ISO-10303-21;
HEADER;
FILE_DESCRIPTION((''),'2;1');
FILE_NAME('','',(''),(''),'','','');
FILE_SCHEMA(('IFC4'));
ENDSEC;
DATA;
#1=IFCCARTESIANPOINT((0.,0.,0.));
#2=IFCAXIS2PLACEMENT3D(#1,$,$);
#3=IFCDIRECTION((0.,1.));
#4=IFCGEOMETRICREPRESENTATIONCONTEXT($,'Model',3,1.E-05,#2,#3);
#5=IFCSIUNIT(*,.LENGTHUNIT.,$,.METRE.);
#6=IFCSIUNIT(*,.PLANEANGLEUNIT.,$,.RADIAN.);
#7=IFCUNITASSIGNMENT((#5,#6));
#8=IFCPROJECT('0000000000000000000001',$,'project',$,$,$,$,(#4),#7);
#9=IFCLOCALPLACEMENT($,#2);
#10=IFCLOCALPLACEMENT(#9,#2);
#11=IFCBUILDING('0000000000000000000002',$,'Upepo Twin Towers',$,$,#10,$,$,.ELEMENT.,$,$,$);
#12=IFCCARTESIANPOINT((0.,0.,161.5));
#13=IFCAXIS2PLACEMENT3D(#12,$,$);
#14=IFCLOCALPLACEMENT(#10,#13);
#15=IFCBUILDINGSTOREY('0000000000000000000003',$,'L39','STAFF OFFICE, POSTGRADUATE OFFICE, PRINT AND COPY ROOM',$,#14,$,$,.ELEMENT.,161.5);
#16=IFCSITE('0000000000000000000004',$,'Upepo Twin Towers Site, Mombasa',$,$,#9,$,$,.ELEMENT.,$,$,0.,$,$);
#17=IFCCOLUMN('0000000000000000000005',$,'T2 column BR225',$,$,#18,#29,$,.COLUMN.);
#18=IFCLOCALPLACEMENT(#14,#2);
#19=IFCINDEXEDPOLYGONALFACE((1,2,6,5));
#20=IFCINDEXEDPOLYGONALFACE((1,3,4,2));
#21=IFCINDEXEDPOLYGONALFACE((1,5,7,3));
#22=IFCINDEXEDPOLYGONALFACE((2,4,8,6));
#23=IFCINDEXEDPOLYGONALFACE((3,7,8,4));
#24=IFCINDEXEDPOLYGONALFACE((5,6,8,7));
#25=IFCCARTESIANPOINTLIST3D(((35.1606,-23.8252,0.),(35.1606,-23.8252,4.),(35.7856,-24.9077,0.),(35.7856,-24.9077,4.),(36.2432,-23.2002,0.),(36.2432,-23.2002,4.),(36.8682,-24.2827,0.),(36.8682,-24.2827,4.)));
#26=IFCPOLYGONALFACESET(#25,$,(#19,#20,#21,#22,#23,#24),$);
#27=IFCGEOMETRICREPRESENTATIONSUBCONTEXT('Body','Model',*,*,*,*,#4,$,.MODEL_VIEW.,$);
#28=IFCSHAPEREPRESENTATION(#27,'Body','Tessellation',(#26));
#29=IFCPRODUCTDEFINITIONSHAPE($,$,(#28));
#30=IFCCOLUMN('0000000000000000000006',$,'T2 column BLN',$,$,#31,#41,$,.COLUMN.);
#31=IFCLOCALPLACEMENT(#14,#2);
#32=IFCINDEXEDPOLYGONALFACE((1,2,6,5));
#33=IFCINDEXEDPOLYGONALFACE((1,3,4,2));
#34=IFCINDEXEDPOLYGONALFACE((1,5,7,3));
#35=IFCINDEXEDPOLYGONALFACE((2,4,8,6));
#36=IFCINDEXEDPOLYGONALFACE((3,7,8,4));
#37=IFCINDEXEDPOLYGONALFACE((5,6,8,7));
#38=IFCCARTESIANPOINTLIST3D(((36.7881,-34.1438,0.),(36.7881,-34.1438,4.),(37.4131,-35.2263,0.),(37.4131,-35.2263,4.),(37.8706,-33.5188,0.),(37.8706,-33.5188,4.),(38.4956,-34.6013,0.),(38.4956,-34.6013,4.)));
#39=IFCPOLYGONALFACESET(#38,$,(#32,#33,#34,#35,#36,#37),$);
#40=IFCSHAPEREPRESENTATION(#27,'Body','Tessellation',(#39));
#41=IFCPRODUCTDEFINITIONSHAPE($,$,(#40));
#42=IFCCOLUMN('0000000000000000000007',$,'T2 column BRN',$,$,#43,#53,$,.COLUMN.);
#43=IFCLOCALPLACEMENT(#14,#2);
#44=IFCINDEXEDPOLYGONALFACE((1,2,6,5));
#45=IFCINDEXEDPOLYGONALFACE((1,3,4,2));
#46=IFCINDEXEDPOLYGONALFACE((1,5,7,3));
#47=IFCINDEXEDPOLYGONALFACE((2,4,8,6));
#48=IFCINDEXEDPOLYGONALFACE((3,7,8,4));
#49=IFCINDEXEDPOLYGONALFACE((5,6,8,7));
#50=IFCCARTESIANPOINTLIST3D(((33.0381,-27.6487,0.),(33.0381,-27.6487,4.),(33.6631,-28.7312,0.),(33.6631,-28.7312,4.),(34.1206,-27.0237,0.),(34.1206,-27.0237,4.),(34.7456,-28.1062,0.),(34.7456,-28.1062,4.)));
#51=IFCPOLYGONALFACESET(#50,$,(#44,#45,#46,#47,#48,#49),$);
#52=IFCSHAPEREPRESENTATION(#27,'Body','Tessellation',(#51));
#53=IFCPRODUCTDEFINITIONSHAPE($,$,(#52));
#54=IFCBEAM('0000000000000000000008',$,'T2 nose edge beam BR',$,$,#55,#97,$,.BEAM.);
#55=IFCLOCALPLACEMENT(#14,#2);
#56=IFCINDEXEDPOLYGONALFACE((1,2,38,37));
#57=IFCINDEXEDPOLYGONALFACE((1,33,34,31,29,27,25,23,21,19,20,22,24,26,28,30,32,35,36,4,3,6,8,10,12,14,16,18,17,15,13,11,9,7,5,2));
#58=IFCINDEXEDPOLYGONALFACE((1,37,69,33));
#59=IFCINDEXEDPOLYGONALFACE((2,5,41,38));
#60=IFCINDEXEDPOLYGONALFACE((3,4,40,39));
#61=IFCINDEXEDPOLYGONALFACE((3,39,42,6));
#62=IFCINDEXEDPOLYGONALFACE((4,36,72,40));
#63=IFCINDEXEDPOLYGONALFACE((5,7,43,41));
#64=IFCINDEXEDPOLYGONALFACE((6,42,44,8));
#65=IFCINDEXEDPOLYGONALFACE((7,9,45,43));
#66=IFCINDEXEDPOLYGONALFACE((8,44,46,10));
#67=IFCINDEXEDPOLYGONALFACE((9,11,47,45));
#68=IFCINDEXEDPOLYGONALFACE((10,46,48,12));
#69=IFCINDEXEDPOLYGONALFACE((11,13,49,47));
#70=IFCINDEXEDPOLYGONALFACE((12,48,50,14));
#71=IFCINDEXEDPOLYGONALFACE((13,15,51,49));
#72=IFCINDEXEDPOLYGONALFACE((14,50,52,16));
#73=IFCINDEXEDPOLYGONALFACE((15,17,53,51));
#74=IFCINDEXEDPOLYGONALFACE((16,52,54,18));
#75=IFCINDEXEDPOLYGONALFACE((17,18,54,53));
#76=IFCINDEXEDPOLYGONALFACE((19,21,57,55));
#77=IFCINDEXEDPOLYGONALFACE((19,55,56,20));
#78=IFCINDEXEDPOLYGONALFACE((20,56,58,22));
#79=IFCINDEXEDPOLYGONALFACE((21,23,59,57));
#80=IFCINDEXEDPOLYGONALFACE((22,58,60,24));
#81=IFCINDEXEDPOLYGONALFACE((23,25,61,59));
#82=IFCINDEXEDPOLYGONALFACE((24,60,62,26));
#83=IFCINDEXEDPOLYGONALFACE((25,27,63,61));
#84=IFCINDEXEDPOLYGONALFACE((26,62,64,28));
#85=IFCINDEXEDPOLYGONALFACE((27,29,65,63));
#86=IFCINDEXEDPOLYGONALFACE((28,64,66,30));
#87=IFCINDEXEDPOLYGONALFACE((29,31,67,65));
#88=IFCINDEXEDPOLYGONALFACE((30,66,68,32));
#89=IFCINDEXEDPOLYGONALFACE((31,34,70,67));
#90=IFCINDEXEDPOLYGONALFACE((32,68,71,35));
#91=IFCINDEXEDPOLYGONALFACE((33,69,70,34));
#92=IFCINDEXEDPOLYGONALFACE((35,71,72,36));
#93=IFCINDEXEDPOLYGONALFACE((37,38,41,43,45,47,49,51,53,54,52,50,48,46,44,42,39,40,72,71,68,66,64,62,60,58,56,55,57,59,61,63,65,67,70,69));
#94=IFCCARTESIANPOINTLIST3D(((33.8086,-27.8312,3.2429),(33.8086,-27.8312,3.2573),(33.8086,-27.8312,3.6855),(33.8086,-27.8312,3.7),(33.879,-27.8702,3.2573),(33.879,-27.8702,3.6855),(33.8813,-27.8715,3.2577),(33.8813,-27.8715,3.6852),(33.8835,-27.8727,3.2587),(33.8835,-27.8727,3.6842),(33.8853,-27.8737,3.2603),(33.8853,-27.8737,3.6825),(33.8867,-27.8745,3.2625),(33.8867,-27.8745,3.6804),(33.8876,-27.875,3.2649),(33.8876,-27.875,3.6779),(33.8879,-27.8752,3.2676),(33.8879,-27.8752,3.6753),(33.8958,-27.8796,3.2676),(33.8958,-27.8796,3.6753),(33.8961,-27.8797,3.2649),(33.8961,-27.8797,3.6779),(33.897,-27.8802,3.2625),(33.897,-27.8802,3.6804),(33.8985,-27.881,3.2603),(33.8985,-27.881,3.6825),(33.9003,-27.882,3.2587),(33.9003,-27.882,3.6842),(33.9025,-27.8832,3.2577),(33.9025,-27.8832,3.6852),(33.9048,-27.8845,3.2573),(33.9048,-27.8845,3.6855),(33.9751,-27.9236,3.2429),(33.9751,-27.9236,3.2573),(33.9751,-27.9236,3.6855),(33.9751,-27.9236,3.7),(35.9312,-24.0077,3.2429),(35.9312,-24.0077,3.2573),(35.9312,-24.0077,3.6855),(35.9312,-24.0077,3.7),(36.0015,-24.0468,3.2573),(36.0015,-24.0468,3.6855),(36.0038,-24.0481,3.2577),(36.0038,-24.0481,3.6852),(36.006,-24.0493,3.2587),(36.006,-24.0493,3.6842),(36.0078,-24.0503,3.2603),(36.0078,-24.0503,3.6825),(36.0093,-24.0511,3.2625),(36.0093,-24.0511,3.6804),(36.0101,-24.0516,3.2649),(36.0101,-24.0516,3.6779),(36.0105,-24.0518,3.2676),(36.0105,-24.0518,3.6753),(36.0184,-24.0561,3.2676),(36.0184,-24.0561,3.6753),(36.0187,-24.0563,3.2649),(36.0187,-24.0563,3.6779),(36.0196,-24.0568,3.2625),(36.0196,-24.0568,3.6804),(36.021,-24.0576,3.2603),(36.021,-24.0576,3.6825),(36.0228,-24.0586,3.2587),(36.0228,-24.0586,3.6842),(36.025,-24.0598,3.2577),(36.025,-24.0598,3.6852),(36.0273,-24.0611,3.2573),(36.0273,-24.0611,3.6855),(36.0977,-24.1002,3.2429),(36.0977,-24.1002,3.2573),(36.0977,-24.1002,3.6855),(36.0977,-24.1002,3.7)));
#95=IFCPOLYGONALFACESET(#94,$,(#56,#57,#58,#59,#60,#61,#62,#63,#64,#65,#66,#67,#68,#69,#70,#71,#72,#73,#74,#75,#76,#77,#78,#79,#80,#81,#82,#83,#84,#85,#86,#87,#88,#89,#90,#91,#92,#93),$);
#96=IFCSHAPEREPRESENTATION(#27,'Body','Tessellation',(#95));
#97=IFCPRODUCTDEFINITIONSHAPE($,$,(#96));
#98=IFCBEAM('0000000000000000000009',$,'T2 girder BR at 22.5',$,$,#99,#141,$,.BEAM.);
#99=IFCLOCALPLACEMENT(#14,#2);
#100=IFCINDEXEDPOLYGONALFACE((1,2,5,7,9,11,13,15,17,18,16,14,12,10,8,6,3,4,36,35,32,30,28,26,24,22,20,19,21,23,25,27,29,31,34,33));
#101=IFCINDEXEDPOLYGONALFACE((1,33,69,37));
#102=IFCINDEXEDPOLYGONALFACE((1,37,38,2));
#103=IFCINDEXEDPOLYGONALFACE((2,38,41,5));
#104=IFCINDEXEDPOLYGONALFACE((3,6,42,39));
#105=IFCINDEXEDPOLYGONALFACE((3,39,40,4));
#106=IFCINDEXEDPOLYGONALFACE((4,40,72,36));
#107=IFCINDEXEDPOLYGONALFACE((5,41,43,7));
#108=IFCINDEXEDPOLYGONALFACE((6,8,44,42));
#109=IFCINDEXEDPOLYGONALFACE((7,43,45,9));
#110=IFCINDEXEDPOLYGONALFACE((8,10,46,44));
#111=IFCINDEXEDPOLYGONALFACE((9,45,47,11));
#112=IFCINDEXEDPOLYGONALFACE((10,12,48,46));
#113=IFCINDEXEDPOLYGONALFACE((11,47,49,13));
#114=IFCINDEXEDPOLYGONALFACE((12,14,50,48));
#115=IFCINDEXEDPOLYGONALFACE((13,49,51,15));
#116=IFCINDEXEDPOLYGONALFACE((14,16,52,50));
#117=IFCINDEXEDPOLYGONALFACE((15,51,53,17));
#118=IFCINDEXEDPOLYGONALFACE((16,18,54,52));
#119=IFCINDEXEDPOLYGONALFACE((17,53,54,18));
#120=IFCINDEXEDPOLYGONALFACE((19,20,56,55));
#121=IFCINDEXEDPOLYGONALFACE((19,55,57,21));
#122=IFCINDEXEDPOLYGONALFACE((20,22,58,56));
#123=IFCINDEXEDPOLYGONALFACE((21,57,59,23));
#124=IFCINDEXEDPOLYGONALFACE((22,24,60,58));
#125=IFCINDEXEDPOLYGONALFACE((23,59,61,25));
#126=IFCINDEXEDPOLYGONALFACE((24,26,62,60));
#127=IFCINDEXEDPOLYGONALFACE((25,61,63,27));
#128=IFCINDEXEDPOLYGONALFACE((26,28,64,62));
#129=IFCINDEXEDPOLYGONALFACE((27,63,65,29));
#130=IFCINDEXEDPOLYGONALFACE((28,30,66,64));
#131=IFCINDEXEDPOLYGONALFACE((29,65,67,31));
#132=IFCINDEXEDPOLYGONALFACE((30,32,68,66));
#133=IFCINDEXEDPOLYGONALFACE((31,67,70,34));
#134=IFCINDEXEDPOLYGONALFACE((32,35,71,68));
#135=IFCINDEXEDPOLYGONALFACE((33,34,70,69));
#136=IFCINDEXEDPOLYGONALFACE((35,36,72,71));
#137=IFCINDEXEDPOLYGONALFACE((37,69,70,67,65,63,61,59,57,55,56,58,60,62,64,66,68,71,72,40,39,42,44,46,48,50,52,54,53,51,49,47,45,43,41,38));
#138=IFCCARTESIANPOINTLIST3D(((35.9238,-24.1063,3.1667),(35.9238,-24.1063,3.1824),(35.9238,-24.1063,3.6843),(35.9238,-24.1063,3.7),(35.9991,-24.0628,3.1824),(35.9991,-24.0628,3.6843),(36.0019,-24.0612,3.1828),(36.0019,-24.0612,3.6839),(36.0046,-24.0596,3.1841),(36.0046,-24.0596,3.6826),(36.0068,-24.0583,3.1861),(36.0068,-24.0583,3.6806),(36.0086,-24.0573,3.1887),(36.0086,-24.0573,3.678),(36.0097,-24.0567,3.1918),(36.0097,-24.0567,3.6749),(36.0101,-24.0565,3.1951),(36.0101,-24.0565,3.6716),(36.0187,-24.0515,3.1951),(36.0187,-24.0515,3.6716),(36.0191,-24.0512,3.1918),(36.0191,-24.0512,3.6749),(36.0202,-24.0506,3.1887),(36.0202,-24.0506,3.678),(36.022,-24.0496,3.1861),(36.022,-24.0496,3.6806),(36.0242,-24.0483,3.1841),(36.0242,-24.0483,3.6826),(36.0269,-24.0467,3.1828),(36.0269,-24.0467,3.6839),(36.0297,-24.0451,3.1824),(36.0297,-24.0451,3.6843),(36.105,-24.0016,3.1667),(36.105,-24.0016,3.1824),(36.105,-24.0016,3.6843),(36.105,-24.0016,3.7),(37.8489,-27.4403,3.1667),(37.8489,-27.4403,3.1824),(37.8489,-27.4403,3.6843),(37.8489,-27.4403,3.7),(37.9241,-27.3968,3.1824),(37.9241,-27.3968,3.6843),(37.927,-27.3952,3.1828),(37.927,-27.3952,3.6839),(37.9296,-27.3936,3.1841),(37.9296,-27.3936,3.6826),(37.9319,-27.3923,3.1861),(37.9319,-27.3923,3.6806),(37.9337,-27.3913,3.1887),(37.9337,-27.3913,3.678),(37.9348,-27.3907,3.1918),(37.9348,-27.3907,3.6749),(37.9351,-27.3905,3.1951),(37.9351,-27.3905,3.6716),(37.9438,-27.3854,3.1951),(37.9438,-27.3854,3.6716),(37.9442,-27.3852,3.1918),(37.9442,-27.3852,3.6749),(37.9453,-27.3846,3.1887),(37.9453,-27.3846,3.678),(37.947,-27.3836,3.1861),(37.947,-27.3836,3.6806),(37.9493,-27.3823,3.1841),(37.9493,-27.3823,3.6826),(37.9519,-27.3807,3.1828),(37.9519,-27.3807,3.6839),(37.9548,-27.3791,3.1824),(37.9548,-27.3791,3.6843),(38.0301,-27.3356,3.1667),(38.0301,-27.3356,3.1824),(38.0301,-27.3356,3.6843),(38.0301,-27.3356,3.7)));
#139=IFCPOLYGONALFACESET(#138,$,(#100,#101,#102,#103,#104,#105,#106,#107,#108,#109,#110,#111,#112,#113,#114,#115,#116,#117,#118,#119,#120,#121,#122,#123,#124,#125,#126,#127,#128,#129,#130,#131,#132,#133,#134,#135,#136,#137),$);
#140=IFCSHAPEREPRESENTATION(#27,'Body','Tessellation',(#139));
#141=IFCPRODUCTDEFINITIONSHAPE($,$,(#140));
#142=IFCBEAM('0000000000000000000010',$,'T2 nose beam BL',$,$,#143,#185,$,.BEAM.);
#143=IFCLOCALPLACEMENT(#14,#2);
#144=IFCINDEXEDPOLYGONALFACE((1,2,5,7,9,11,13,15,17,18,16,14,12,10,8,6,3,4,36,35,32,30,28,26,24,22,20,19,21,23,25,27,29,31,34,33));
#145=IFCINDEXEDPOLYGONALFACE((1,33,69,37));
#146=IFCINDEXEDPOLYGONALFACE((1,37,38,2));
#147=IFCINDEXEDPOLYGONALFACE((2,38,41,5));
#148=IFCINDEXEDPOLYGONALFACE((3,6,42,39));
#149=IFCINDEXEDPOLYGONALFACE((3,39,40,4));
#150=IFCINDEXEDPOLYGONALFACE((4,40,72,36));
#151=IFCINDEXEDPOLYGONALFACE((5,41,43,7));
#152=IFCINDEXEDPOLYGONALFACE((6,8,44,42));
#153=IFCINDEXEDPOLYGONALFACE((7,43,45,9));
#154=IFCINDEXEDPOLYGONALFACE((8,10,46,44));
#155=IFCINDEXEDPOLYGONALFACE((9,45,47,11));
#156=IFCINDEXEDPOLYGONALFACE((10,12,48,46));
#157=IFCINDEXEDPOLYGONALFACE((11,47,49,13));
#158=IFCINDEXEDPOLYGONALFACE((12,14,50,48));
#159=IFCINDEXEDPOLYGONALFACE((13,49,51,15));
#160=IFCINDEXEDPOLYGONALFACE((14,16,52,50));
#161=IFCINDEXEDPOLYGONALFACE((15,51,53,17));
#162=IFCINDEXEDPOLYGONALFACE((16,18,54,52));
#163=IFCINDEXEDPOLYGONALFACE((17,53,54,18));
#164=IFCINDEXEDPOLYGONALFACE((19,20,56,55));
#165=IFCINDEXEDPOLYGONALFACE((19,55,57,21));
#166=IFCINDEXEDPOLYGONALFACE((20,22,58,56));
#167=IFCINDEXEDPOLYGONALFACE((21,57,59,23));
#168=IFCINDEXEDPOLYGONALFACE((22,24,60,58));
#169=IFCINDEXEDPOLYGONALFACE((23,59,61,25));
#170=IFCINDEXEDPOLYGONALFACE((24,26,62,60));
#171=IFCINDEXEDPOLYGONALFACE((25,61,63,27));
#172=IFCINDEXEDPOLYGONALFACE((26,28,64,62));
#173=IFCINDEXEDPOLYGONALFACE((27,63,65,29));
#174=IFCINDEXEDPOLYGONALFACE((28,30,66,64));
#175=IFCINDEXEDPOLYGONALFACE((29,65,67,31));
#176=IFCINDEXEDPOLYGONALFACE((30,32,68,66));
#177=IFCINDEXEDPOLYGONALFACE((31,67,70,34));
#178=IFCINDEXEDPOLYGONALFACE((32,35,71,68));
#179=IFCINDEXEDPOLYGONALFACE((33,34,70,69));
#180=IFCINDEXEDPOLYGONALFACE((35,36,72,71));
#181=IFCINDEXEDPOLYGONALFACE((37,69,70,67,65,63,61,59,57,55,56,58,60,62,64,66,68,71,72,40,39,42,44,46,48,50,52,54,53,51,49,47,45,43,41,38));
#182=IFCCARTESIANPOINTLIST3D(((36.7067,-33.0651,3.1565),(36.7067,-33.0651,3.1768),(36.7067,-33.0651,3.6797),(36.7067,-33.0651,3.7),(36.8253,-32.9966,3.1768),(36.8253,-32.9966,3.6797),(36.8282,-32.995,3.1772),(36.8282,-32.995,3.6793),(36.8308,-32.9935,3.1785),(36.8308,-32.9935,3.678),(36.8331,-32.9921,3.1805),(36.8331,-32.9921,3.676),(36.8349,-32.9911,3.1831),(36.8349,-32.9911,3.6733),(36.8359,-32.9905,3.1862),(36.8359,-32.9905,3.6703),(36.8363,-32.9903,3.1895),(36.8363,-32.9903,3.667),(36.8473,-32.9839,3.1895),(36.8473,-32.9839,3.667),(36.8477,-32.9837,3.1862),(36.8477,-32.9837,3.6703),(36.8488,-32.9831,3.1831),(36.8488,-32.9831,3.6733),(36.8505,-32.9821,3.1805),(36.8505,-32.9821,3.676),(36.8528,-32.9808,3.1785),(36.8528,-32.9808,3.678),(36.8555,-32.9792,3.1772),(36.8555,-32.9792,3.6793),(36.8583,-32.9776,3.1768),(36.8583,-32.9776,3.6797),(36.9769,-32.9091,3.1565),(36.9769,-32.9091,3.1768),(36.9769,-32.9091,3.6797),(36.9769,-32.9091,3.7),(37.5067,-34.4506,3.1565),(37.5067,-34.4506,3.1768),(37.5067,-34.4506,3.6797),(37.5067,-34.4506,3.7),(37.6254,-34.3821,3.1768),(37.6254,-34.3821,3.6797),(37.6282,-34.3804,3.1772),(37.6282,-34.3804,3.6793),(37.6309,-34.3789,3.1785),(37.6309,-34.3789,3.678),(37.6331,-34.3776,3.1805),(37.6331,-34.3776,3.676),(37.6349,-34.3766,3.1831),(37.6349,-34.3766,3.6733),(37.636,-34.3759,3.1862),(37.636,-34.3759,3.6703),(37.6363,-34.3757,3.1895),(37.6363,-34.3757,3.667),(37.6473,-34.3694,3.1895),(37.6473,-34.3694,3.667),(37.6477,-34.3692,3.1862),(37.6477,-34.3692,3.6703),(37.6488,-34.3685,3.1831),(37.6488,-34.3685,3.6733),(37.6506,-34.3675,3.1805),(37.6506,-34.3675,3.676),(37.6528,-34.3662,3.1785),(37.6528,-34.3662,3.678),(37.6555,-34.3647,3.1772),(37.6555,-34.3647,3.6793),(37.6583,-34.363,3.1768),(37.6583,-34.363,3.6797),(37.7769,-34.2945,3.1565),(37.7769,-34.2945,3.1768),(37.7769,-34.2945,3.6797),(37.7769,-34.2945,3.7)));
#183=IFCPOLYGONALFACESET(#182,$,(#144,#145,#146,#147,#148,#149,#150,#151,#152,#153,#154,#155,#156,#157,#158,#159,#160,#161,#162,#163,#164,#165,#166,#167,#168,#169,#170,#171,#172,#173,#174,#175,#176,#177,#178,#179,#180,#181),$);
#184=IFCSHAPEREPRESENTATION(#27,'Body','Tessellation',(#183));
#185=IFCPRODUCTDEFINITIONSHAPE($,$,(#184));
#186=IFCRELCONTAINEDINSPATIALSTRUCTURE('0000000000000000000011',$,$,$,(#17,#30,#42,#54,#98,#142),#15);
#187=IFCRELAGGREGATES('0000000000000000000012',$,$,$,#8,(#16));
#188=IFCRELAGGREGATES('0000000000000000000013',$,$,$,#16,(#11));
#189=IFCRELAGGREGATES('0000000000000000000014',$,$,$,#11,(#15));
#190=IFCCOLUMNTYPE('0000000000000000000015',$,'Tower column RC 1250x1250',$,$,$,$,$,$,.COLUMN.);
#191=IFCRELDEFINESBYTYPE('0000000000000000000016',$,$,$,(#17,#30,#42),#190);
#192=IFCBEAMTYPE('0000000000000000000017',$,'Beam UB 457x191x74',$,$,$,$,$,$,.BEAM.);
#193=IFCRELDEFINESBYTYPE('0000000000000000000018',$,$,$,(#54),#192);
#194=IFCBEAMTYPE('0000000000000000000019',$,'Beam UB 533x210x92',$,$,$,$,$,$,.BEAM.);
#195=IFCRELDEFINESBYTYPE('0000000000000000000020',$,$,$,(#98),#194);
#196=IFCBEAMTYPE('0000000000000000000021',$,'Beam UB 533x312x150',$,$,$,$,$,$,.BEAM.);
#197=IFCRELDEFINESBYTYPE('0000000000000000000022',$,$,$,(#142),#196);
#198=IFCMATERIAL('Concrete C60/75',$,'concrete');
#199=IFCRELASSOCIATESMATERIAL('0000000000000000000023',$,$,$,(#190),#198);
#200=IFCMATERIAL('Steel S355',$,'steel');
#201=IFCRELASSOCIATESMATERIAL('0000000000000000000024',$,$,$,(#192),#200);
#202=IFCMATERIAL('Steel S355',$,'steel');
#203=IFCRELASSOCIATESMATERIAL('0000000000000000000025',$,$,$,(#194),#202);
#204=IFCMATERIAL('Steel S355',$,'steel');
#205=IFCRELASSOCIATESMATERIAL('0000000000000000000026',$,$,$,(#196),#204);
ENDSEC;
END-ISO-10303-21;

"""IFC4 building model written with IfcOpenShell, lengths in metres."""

from ifc_helpers import new_model, si_unit, direction, frame, origin, origin_2d, place, context, subcontext, project, spatial, rectangle, i_section, extrude, material, material_profile, profile_set, type_object, element, save


model = new_model("IFC4")

# Units and contexts
model_context = context("Model", 3, precision=1e-05, world=origin(), true_north=direction((0.0, 1.0)))
body_context = subcontext(model_context, "Body", "Model", "MODEL_VIEW")
ifc_project = project(units=[si_unit("LENGTHUNIT", "METRE"), si_unit("PLANEANGLEUNIT", "RADIAN")], contexts=[model_context])

# Site, building, storey
site_placement = place(None, origin())
site = spatial("IfcSite", under=ifc_project, at=site_placement, Name="Upepo Twin Towers Site, Mombasa", CompositionType="ELEMENT", RefElevation=0.0)
building_placement = place(site_placement, origin())
building = spatial("IfcBuilding", under=site, at=building_placement, Name="Upepo Twin Towers", CompositionType="ELEMENT")
storey_placement = place(building_placement, frame((0.0, 0.0, 161.5)))
storey = spatial("IfcBuildingStorey", under=building, at=storey_placement, Name="L39", Description="STAFF OFFICE, POSTGRADUATE OFFICE, PRINT AND COPY ROOM", CompositionType="ELEMENT", Elevation=161.5)

# Columns
ifc_material_1 = material(Name="Concrete C60/75", Category="concrete")
ifc_material_profile_1 = material_profile(ifc_material_1, rectangle(XDim=1.25, YDim=1.25, at=origin_2d()), Name="RC 1250x1250")
ifc_profile_set_1 = profile_set([ifc_material_profile_1], Name="Concrete C60/75")
column_type = type_object("IfcColumnType", Name="Tower column RC 1250x1250", PredefinedType="COLUMN", material=ifc_profile_set_1)
for number, where, z_axis, x_axis, name in (
    (1, (36.0144, -24.054, 0.0), (0.0, 0.0, 1.0), (0.866025, 0.5, 0.0), "T2 column BR225"),
    (2, (37.6418, -34.3726, 0.0), (0.0, 0.0, 1.0), (0.866025, 0.5, 0.0), "T2 column BLN"),
    (3, (33.8918, -27.8774, 0.0), (0.0, 0.0, 1.0), (0.866025, 0.5, 0.0), "T2 column BRN"),
):
    element("IfcColumn", number, at=place(storey_placement, frame(where, z_axis=z_axis, x_axis=x_axis)), inside=storey, type_object=column_type, Name=name, PredefinedType="COLUMN", context=body_context, shape_type="SweptSolid", body=[
        extrude(rectangle(XDim=1.25, YDim=1.25, at=origin_2d()), origin(), (0.0, 0.0, 1.0), 4.0),
    ])

# Beams
ifc_material_2 = material(Name="Steel S355", Category="steel")
ifc_material_profile_2 = material_profile(ifc_material_2, i_section(OverallWidth=0.1904, OverallDepth=0.457, WebThickness=0.009, FlangeThickness=0.0144, FilletRadius=0.0103, at=origin_2d()), Name="UB 457x191x74")
ifc_profile_set_2 = profile_set([ifc_material_profile_2], Name="Steel S355")
beam_type_1 = type_object("IfcBeamType", Name="Beam UB 457x191x74", PredefinedType="BEAM", material=ifc_profile_set_2)
beam_1_placement = place(storey_placement, frame((36.0144, -24.054, 3.4714), z_axis=(-0.485363, -0.874313, 0.0), x_axis=(0.874313, -0.485363, 0.0)))
element("IfcBeam", 4, at=beam_1_placement, inside=storey, type_object=beam_type_1, Name="T2 nose edge beam BR", PredefinedType="BEAM", context=body_context, shape_type="SweptSolid", body=[
    extrude(i_section(OverallWidth=0.1904, OverallDepth=0.457, WebThickness=0.009, FlangeThickness=0.0144, FilletRadius=0.0103, at=origin_2d()), origin(), (0.0, 0.0, 1.0), 4.373),
])
ifc_material_3 = material(Name="Steel S355", Category="steel")
ifc_material_profile_3 = material_profile(ifc_material_3, i_section(OverallWidth=0.2092, OverallDepth=0.5332, WebThickness=0.01, FlangeThickness=0.0156, FilletRadius=0.0127, at=origin_2d()), Name="UB 533x210x92")
ifc_profile_set_3 = profile_set([ifc_material_profile_3], Name="Steel S355")
beam_type_2 = type_object("IfcBeamType", Name="Beam UB 533x210x92", PredefinedType="BEAM", material=ifc_profile_set_3)
beam_2_placement = place(storey_placement, frame((36.0144, -24.054, 3.4333), z_axis=(0.500034, -0.866006, 0.0), x_axis=(0.866006, 0.500034, 0.0)))
element("IfcBeam", 5, at=beam_2_placement, inside=storey, type_object=beam_type_2, Name="T2 girder BR at 22.5", PredefinedType="BEAM", context=body_context, shape_type="SweptSolid", body=[
    extrude(i_section(OverallWidth=0.2092, OverallDepth=0.5332, WebThickness=0.01, FlangeThickness=0.0156, FilletRadius=0.0127, at=origin_2d()), origin(), (0.0, 0.0, 1.0), 3.8499),
])
ifc_material_4 = material(Name="Steel S355", Category="steel")
ifc_material_profile_4 = material_profile(ifc_material_4, i_section(OverallWidth=0.312, OverallDepth=0.5435, WebThickness=0.0127, FlangeThickness=0.0203, FilletRadius=0.0127, at=origin_2d()), Name="UB 533x312x150")
ifc_profile_set_4 = profile_set([ifc_material_profile_4], Name="Steel S355")
beam_type_3 = type_object("IfcBeamType", Name="Beam UB 533x312x150", PredefinedType="BEAM", material=ifc_profile_set_4)
for number, where, z_axis, x_axis, name in (
    (6, (37.6418, -34.3726, 3.4282), (-0.500061, 0.86599, 0.0), (-0.86599, -0.500061, 0.0), "T2 nose beam BL"),
):
    element("IfcBeam", number, at=place(storey_placement, frame(where, z_axis=z_axis, x_axis=x_axis)), inside=storey, type_object=beam_type_3, Name=name, PredefinedType="BEAM", context=body_context, shape_type="SweptSolid", body=[
        extrude(i_section(OverallWidth=0.312, OverallDepth=0.5435, WebThickness=0.0127, FlangeThickness=0.0203, FilletRadius=0.0127, at=origin_2d()), origin(), (0.0, 0.0, 1.0), 1.5999),
    ])

save(model, "model.ifc")
